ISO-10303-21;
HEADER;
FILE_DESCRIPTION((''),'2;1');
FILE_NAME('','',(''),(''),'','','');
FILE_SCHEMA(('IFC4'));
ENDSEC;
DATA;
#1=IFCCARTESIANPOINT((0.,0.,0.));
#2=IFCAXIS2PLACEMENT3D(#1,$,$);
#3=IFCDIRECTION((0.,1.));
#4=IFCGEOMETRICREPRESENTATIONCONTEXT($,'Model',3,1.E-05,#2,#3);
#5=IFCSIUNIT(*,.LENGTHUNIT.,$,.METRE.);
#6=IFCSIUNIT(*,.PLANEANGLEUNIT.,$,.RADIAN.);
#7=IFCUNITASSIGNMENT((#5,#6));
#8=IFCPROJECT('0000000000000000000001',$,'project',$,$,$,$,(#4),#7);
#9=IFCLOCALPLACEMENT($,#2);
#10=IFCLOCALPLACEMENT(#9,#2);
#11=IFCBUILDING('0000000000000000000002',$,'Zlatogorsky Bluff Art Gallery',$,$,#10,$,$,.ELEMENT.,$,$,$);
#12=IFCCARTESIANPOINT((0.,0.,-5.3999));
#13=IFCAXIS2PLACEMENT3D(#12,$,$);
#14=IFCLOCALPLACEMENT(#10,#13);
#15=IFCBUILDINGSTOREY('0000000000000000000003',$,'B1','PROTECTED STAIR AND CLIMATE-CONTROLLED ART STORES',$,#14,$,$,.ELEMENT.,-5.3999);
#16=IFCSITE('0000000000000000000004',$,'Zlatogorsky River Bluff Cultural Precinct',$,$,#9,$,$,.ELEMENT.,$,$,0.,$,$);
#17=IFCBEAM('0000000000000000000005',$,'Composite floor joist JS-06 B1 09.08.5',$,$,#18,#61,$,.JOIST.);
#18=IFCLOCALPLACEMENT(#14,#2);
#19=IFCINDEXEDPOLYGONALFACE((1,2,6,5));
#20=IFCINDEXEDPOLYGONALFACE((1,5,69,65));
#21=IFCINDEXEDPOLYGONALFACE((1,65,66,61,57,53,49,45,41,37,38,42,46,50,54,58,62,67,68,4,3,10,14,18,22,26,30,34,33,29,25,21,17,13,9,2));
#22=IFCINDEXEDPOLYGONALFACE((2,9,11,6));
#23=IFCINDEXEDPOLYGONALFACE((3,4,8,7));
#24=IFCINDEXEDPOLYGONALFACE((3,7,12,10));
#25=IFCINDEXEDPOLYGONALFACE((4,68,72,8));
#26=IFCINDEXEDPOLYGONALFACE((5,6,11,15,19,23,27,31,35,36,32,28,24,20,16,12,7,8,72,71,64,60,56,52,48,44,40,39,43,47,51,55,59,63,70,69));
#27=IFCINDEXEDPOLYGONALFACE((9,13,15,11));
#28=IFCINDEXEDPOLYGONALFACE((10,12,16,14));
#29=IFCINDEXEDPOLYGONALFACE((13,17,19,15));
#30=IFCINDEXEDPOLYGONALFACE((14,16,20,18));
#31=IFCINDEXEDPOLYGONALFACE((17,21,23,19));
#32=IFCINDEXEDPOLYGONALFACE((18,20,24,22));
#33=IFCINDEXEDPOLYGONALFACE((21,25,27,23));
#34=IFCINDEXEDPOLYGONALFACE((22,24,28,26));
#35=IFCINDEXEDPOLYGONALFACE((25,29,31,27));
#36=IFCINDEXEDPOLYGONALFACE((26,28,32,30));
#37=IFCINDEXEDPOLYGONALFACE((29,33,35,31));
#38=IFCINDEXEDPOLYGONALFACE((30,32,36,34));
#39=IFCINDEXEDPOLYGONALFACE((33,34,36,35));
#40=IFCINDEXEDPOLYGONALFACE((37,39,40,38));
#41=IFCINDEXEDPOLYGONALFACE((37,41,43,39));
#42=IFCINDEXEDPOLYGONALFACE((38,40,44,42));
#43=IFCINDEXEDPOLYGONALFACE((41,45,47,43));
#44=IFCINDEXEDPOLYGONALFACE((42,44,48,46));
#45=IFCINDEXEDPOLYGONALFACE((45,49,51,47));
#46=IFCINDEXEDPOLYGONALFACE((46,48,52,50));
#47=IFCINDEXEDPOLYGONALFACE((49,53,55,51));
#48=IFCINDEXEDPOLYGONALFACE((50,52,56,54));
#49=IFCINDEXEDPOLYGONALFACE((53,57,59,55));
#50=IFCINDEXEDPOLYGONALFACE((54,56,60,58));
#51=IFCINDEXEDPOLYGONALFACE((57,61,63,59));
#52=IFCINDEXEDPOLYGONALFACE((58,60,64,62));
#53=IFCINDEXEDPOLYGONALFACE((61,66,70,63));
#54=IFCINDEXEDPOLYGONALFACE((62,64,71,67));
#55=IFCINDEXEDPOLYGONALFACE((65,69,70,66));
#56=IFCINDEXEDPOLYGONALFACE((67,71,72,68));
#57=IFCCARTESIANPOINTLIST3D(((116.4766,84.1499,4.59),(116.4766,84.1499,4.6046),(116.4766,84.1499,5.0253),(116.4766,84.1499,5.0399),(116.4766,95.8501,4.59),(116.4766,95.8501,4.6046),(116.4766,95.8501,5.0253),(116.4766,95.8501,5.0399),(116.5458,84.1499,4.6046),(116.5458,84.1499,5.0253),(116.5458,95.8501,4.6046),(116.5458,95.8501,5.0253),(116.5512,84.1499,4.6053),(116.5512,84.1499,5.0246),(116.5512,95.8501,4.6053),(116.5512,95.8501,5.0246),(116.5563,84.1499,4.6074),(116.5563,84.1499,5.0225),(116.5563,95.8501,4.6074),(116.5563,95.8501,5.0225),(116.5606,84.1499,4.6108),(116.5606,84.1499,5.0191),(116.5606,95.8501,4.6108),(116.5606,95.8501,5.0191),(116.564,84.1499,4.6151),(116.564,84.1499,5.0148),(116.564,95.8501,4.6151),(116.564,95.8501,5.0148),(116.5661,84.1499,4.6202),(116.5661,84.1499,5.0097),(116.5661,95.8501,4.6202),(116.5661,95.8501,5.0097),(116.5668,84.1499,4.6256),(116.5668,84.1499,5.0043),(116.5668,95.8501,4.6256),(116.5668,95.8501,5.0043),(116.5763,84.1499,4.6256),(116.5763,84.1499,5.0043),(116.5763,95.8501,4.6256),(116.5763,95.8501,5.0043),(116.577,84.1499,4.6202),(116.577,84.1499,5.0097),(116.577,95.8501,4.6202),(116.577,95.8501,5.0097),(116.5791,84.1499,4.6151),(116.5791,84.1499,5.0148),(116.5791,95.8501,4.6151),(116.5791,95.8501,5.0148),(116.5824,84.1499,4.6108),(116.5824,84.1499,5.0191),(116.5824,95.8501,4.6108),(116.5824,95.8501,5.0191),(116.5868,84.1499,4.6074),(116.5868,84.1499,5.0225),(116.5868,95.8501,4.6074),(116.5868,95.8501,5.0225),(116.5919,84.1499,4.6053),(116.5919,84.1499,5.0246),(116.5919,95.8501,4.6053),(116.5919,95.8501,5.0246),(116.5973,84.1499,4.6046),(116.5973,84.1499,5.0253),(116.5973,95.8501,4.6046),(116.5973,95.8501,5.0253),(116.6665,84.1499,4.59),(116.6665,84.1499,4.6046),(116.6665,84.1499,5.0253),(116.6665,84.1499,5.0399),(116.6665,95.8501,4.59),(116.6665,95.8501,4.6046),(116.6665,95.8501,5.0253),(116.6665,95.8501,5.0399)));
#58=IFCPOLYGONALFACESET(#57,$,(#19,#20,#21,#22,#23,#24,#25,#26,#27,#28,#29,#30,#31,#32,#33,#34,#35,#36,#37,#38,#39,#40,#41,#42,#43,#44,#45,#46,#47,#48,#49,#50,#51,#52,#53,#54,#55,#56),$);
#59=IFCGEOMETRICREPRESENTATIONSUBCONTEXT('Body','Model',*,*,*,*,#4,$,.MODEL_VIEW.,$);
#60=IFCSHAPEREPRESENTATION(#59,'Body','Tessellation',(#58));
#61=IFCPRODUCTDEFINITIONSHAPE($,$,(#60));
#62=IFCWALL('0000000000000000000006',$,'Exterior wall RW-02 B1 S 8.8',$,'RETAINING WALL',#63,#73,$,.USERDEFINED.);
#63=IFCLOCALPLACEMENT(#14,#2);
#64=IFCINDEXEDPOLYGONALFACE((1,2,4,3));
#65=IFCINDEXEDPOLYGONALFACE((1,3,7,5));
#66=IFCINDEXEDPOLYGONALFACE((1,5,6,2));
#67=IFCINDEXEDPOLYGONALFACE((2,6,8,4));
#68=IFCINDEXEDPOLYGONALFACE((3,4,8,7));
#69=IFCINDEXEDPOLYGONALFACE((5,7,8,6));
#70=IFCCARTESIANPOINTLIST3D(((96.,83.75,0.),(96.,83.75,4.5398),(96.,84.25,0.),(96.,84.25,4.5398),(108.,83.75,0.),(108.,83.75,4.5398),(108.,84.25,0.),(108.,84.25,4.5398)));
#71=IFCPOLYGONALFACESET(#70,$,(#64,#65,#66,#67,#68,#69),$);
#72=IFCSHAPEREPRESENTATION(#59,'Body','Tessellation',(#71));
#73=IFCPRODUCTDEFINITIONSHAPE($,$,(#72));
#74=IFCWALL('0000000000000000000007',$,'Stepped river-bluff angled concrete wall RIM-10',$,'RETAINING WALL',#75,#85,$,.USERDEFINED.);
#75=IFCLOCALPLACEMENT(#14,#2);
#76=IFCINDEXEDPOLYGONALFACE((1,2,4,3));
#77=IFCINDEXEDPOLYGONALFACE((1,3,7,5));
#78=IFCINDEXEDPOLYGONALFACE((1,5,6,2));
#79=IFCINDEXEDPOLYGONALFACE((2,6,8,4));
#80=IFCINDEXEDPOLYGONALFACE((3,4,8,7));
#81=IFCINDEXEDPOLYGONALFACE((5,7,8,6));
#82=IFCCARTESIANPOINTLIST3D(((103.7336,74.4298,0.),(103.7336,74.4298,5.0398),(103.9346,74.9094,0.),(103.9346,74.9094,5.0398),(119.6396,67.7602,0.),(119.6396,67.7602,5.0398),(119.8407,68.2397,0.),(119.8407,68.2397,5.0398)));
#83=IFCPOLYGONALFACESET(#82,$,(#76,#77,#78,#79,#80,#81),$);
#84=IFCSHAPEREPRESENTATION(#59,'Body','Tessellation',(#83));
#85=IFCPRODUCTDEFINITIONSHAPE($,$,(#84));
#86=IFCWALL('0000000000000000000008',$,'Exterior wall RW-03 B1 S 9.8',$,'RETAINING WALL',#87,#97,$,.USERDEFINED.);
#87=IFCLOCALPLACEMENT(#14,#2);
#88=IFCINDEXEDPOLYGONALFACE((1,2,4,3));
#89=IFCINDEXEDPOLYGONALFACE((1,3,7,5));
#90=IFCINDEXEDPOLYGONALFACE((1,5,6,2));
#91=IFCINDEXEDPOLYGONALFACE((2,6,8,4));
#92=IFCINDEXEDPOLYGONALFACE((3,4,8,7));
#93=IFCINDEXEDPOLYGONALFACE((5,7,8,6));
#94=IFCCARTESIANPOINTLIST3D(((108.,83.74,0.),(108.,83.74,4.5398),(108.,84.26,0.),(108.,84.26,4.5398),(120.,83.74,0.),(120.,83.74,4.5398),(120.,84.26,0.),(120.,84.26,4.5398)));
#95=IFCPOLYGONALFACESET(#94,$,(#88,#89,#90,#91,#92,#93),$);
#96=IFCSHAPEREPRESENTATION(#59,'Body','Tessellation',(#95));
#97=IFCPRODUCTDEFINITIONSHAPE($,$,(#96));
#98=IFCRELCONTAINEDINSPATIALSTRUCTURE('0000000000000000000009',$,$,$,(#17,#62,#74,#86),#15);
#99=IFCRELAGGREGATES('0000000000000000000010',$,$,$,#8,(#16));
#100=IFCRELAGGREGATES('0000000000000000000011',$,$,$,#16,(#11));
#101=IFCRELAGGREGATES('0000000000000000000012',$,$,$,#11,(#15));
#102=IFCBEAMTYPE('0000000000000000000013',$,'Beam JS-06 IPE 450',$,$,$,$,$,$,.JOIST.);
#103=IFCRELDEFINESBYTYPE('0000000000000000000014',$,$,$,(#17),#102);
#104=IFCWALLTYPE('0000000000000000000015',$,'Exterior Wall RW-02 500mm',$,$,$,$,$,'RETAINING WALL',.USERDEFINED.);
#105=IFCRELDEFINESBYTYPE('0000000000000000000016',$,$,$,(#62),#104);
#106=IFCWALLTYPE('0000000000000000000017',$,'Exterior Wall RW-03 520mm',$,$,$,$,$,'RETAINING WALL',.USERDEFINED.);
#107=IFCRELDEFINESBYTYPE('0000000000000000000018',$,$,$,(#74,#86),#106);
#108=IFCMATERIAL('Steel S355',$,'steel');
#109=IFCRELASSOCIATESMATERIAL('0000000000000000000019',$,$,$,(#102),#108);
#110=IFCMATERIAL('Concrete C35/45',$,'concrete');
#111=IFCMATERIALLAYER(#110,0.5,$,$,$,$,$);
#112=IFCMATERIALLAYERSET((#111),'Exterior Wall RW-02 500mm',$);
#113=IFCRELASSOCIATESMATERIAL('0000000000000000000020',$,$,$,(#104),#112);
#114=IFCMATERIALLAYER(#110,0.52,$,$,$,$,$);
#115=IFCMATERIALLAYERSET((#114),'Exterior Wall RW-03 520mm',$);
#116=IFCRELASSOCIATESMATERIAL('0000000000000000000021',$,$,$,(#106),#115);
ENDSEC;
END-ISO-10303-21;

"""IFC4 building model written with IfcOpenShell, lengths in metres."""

from ifc_helpers import new_model, si_unit, direction, frame, frame_2d, origin, origin_2d, place, context, subcontext, project, spatial, rectangle, i_section, extrude, material, layer, layer_set, material_profile, profile_set, type_object, element, save


model = new_model("IFC4")

# Units and contexts
model_context = context("Model", 3, precision=1e-05, world=origin(), true_north=direction((0.0, 1.0)))
body_context = subcontext(model_context, "Body", "Model", "MODEL_VIEW")
ifc_project = project(units=[si_unit("LENGTHUNIT", "METRE"), si_unit("PLANEANGLEUNIT", "RADIAN")], contexts=[model_context])

# Site, building, storey
site_placement = place(None, origin())
site = spatial("IfcSite", under=ifc_project, at=site_placement, Name="Zlatogorsky River Bluff Cultural Precinct", CompositionType="ELEMENT", RefElevation=0.0)
building_placement = place(site_placement, origin())
building = spatial("IfcBuilding", under=site, at=building_placement, Name="Zlatogorsky Bluff Art Gallery", CompositionType="ELEMENT")
storey_placement = place(building_placement, frame((0.0, 0.0, -5.3999)))
storey = spatial("IfcBuildingStorey", under=building, at=storey_placement, Name="B1", Description="PROTECTED STAIR AND CLIMATE-CONTROLLED ART STORES", CompositionType="ELEMENT", Elevation=-5.3999)

# Shared definitions
ifc_material_1 = material(Name="Concrete C35/45", Category="concrete")

# Shared definitions
ifc_material_2 = material(Name="Steel S355", Category="steel")

# Beam
ifc_material_profile_1 = material_profile(ifc_material_2, i_section(OverallWidth=0.1899, OverallDepth=0.45, WebThickness=0.0095, FlangeThickness=0.0146, FilletRadius=0.021, at=origin_2d()), Name="IPE 450")
ifc_profile_set_1 = profile_set([ifc_material_profile_1], Name="Steel S355")
beam_type_1 = type_object("IfcBeamType", Name="Beam JS-06 IPE 450", PredefinedType="JOIST", material=ifc_profile_set_1)
for number, where, z_axis, x_axis, name in (
    (1, (116.5715, 84.1499, 4.8149), (0.0, 1.0, 0.0), (-1.0, 0.0, 0.0), "Composite floor joist JS-06 B1 09.08.5"),
):
    element("IfcBeam", number, at=place(storey_placement, frame(where, z_axis=z_axis, x_axis=x_axis)), inside=storey, type_object=beam_type_1, Name=name, PredefinedType="JOIST", context=body_context, shape_type="SweptSolid", body=[
        extrude(i_section(OverallWidth=0.1899, OverallDepth=0.45, WebThickness=0.0095, FlangeThickness=0.0146, FilletRadius=0.021, at=origin_2d()), origin(), (0.0, 0.0, 1.0), 11.7002),
    ])

# Walls
ifc_layer_1 = layer(ifc_material_1, 0.5)
ifc_layer_set_1 = layer_set([ifc_layer_1], Name="Exterior Wall RW-02 500mm")
wall_type_1 = type_object("IfcWallType", Name="Exterior Wall RW-02 500mm", ElementType="RETAINING WALL", PredefinedType="USERDEFINED", material=ifc_layer_set_1)
wall_1_placement = place(storey_placement, frame((96.0, 84.0, 0.0), z_axis=(0.0, 0.0, 1.0), x_axis=(1.0, 0.0, 0.0)))
element("IfcWall", 2, at=wall_1_placement, inside=storey, type_object=wall_type_1, Name="Exterior wall RW-02 B1 S 8.8", ObjectType="RETAINING WALL", PredefinedType="USERDEFINED", context=body_context, shape_type="SweptSolid", body=[
    extrude(rectangle(XDim=12.0, YDim=0.5, at=frame_2d((6.0, 0.0))), origin(), (0.0, 0.0, 1.0), 4.5398),
])
ifc_layer_2 = layer(ifc_material_1, 0.52)
ifc_layer_set_2 = layer_set([ifc_layer_2], Name="Exterior Wall RW-03 520mm")
wall_type_2 = type_object("IfcWallType", Name="Exterior Wall RW-03 520mm", ElementType="RETAINING WALL", PredefinedType="USERDEFINED", material=ifc_layer_set_2)
wall_2_placement = place(storey_placement, frame((103.834, 74.6697, 0.0), z_axis=(0.0, 0.0, 1.0), x_axis=(0.922206, -0.386698, 0.0)))
element("IfcWall", 3, at=wall_2_placement, inside=storey, type_object=wall_type_2, Name="Stepped river-bluff angled concrete wall RIM-10", ObjectType="RETAINING WALL", PredefinedType="USERDEFINED", context=body_context, shape_type="SweptSolid", body=[
    extrude(rectangle(XDim=17.2478, YDim=0.52, at=frame_2d((8.624, 0.0))), origin(), (0.0, 0.0, 1.0), 5.0398),
])
wall_3_placement = place(storey_placement, frame((108.0, 84.0, 0.0), z_axis=(0.0, 0.0, 1.0), x_axis=(1.0, 0.0, 0.0)))
element("IfcWall", 4, at=wall_3_placement, inside=storey, type_object=wall_type_2, Name="Exterior wall RW-03 B1 S 9.8", ObjectType="RETAINING WALL", PredefinedType="USERDEFINED", context=body_context, shape_type="SweptSolid", body=[
    extrude(rectangle(XDim=12.0, YDim=0.52, at=frame_2d((6.0, 0.0))), origin(), (0.0, 0.0, 1.0), 4.5398),
])

save(model, "model.ifc")
